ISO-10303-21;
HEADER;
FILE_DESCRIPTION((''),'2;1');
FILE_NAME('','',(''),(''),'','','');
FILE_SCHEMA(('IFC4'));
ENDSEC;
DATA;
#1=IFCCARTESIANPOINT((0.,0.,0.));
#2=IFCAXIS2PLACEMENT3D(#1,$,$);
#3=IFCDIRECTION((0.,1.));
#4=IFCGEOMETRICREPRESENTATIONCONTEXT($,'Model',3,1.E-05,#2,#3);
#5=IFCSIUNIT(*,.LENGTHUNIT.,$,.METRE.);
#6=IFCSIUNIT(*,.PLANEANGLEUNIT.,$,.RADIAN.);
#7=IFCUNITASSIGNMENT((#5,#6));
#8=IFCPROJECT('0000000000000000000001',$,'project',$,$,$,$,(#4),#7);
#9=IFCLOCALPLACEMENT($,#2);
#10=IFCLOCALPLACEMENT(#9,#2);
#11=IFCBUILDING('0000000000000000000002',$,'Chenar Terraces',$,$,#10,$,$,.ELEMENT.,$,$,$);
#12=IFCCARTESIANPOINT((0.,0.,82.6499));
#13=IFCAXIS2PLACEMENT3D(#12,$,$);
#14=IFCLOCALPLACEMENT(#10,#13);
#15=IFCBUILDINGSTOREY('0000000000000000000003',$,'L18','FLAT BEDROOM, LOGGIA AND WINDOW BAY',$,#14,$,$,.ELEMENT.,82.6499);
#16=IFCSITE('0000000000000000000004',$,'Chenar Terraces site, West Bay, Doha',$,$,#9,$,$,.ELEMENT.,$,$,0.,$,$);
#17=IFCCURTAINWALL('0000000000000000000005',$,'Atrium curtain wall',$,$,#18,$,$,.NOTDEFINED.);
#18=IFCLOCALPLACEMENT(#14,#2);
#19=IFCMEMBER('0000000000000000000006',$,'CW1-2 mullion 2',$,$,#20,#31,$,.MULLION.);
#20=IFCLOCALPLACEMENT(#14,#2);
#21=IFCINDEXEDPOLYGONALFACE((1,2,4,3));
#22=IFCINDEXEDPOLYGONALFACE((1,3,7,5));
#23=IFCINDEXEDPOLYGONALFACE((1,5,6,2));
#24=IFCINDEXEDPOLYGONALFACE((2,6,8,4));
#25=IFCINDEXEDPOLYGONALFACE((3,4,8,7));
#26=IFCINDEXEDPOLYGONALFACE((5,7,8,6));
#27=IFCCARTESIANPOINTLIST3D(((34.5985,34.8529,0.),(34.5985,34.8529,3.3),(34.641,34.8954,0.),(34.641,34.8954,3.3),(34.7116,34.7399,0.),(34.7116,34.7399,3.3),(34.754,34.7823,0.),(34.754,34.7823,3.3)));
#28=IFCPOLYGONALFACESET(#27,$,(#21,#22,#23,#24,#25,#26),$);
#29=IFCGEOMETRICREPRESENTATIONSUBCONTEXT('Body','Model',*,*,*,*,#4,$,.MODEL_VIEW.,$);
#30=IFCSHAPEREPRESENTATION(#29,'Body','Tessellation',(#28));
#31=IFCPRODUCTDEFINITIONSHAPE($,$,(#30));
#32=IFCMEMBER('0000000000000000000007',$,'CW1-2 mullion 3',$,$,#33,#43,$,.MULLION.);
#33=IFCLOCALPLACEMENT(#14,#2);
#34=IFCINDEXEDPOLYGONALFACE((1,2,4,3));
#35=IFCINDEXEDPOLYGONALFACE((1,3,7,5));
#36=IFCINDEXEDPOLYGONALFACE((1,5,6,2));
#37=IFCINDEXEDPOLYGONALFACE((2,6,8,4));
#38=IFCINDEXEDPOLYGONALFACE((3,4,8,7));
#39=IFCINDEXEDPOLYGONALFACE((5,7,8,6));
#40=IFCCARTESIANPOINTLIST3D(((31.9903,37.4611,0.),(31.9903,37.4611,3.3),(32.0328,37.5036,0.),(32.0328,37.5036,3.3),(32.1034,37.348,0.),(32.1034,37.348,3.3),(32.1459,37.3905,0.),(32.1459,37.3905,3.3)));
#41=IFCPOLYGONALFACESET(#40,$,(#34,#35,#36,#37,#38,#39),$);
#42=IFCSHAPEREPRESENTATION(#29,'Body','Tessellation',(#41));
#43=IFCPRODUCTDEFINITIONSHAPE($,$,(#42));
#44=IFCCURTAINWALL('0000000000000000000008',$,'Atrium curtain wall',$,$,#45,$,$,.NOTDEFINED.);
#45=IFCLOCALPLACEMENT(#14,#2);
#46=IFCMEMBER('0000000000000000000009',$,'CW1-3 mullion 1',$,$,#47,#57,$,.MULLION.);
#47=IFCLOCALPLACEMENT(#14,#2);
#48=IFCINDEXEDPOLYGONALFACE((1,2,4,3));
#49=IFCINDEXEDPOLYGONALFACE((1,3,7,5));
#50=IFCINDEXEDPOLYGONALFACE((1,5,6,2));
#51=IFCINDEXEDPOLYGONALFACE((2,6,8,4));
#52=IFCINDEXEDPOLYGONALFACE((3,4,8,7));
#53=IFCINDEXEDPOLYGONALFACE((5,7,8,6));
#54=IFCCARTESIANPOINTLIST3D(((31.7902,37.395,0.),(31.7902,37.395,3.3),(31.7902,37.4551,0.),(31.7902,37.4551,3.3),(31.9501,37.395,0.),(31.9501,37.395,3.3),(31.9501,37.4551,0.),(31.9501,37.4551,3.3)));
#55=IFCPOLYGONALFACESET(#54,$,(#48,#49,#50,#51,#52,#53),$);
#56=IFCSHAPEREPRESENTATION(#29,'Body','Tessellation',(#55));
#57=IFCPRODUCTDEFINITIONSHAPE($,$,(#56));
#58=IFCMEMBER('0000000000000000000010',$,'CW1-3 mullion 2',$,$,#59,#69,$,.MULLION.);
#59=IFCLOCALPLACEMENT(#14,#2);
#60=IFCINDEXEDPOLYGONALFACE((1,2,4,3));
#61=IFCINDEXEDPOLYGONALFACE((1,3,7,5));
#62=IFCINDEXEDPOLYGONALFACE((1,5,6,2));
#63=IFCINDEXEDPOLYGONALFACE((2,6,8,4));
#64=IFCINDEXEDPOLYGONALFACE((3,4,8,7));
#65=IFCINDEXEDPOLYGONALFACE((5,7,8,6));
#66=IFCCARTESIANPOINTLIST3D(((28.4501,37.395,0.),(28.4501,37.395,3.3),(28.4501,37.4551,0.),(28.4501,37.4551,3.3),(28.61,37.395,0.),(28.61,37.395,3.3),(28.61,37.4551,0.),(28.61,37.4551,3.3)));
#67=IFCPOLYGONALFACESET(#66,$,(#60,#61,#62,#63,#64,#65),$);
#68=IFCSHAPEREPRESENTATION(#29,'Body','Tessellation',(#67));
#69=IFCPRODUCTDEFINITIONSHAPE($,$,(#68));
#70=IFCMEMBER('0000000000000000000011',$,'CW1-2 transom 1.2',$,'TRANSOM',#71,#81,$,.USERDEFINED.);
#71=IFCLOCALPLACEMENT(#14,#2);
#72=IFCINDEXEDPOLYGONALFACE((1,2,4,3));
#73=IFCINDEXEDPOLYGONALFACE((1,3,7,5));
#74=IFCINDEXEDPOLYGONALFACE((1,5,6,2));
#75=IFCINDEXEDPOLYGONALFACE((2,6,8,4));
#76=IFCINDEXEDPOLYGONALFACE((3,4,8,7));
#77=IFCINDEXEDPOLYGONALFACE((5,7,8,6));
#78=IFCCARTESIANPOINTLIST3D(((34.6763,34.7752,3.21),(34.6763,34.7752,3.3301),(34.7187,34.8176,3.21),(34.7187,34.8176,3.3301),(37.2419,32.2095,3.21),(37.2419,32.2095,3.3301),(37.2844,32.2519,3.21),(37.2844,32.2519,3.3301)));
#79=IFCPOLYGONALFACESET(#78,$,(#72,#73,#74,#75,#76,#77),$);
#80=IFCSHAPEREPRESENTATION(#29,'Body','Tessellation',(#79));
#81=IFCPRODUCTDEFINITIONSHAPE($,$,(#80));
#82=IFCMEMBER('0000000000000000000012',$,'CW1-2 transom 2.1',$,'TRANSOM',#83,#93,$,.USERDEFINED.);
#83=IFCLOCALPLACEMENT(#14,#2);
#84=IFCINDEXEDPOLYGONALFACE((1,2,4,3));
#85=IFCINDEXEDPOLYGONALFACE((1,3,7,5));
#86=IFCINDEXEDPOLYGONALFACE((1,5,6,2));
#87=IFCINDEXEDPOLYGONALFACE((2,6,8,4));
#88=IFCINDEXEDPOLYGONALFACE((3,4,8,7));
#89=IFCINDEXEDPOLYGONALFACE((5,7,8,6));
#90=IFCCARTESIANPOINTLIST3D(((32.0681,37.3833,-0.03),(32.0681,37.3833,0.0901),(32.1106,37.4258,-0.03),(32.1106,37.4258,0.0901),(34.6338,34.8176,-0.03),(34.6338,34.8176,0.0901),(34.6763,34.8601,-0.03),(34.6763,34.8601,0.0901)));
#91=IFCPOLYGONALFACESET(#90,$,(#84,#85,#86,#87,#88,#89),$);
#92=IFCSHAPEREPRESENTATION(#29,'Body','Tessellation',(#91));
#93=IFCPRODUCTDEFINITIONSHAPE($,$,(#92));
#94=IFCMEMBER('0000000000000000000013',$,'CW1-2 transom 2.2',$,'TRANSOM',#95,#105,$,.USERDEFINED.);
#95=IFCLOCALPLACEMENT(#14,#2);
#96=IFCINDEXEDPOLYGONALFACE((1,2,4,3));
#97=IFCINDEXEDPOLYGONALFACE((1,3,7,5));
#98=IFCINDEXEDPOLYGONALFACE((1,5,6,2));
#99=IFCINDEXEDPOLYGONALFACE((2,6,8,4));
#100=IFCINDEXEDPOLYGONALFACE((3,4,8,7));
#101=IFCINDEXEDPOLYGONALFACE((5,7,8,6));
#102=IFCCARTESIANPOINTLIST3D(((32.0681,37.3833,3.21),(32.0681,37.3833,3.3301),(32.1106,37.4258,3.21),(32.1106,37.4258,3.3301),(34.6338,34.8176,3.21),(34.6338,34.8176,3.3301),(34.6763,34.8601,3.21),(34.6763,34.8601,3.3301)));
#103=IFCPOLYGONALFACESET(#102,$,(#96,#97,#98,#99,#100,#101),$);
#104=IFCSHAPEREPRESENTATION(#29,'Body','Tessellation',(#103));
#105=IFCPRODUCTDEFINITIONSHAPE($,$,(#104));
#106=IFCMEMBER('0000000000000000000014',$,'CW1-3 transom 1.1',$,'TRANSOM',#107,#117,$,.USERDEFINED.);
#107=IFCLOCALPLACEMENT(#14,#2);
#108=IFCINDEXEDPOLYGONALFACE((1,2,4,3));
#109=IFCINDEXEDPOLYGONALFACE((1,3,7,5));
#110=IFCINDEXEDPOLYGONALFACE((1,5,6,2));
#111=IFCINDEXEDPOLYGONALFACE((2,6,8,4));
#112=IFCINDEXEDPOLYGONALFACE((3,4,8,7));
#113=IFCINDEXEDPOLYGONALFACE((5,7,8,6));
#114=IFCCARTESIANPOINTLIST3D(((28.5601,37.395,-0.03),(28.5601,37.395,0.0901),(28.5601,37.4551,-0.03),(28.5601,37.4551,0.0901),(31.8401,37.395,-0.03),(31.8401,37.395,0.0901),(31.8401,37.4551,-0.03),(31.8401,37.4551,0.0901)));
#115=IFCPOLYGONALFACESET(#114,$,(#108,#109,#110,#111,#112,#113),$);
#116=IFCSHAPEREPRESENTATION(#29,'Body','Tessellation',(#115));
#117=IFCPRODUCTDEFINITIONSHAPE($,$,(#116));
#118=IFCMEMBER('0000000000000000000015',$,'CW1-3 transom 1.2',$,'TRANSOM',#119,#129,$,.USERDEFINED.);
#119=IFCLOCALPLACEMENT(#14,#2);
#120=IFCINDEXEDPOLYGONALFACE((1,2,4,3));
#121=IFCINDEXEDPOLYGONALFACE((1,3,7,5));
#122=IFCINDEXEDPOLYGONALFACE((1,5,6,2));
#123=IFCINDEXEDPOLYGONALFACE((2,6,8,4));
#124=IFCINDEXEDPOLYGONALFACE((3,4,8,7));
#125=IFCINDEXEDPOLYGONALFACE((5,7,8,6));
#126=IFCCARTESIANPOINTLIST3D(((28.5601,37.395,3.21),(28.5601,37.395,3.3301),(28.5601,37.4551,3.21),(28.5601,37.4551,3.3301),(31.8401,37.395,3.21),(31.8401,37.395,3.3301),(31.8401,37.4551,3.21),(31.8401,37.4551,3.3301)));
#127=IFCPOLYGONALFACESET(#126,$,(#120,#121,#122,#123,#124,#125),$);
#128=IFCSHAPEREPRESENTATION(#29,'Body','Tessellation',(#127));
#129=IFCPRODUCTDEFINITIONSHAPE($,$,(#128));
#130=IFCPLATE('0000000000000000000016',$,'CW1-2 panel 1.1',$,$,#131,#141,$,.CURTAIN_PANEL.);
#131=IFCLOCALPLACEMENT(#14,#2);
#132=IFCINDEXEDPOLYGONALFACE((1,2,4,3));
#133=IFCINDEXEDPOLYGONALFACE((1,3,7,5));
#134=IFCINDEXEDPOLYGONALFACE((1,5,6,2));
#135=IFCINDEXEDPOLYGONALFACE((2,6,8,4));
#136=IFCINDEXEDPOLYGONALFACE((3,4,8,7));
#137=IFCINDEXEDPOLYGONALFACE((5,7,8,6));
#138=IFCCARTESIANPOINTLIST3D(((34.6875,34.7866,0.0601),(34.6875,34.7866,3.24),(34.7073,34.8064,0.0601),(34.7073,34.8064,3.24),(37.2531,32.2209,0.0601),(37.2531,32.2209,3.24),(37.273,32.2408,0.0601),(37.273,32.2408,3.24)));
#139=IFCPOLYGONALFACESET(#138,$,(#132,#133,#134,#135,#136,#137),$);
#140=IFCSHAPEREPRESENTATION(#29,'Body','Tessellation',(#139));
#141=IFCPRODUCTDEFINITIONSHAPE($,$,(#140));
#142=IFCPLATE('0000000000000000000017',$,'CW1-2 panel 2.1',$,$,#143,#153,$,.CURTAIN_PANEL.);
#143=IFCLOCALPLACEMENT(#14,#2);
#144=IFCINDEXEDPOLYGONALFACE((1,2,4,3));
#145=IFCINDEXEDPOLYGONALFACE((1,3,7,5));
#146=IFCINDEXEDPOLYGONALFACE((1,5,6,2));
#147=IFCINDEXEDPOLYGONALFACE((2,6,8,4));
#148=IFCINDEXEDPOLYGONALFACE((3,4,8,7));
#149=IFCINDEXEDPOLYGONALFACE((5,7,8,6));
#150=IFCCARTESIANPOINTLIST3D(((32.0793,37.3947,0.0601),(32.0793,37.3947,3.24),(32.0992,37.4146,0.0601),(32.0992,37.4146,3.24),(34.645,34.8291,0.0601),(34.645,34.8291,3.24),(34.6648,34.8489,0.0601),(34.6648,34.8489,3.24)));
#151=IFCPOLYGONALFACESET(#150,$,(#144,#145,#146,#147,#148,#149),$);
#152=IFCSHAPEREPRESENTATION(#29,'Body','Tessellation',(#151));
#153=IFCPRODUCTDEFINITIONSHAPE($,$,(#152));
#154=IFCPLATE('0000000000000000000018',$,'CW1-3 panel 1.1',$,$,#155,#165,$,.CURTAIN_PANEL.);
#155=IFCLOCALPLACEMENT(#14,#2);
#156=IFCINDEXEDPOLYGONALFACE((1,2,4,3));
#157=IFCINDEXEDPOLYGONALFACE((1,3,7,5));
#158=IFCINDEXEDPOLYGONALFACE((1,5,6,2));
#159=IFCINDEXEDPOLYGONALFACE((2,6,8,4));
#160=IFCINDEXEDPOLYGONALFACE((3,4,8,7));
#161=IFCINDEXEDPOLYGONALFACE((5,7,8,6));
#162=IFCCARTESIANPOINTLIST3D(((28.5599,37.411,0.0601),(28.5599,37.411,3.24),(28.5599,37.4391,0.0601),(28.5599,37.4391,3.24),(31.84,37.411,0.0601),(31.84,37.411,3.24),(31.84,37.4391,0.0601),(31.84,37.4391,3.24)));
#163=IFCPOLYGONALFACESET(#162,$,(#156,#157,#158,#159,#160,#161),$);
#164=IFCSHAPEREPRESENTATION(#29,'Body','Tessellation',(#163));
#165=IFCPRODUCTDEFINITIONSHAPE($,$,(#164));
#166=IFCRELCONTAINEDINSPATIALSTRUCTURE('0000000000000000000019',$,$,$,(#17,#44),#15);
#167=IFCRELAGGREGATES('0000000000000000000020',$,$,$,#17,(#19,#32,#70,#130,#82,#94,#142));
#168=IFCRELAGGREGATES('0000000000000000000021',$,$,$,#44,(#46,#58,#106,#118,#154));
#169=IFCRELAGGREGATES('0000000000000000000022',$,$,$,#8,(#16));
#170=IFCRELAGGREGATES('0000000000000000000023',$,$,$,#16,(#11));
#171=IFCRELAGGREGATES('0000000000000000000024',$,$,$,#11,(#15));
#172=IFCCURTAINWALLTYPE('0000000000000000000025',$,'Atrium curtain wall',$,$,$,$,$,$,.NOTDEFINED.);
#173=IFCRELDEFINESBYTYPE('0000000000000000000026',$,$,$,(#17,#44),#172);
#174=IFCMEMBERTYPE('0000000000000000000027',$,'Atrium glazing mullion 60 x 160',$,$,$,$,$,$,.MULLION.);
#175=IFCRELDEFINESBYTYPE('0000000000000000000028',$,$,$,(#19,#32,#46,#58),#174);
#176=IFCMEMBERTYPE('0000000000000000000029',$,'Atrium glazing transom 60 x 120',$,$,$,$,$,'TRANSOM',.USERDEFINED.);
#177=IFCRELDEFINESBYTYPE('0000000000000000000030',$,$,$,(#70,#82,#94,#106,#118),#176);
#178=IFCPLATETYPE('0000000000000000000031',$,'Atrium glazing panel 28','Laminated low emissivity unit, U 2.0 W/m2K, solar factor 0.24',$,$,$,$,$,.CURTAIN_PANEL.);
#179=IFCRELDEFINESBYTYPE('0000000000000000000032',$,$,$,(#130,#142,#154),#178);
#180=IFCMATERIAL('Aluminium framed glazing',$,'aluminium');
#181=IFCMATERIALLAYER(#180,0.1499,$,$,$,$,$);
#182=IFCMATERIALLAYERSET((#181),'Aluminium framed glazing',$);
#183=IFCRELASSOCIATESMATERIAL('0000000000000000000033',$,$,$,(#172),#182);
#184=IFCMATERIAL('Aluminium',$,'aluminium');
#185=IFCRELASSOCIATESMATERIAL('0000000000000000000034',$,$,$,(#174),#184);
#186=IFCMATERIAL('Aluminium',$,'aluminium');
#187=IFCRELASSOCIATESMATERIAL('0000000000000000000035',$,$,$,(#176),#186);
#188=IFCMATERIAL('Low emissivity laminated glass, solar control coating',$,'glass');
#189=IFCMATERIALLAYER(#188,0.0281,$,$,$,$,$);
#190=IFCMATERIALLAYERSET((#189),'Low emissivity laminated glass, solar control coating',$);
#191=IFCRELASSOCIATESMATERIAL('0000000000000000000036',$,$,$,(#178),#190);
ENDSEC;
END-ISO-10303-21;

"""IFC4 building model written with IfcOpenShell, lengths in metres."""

from ifc_helpers import new_model, si_unit, direction, frame, origin, origin_2d, place, context, subcontext, project, spatial, rectangle, extrude, material, layer, layer_set, material_profile, profile_set, type_object, element, aggregate, save


model = new_model("IFC4")

# Units and contexts
model_context = context("Model", 3, precision=1e-05, world=origin(), true_north=direction((0.0, 1.0)))
body_context = subcontext(model_context, "Body", "Model", "MODEL_VIEW")
ifc_project = project(units=[si_unit("LENGTHUNIT", "METRE"), si_unit("PLANEANGLEUNIT", "RADIAN")], contexts=[model_context])

# Site, building, storey
site_placement = place(None, origin())
site = spatial("IfcSite", under=ifc_project, at=site_placement, Name="Chenar Terraces site, West Bay, Doha", CompositionType="ELEMENT", RefElevation=0.0)
building_placement = place(site_placement, origin())
building = spatial("IfcBuilding", under=site, at=building_placement, Name="Chenar Terraces", CompositionType="ELEMENT")
storey_placement = place(building_placement, frame((0.0, 0.0, 82.6499)))
storey = spatial("IfcBuildingStorey", under=building, at=storey_placement, Name="L18", Description="FLAT BEDROOM, LOGGIA AND WINDOW BAY", CompositionType="ELEMENT", Elevation=82.6499)

# Curtain walls, members
ifc_material_1 = material(Name="Aluminium framed glazing", Category="aluminium")
ifc_layer_1 = layer(ifc_material_1, 0.1499)
ifc_layer_set_1 = layer_set([ifc_layer_1], Name="Aluminium framed glazing")
curtain_wall_type = type_object("IfcCurtainWallType", Name="Atrium curtain wall", PredefinedType="NOTDEFINED", material=ifc_layer_set_1)
placement = place(storey_placement, origin())
curtain_wall_1 = element("IfcCurtainWall", 1, at=placement, inside=storey, type_object=curtain_wall_type, Name="Atrium curtain wall", PredefinedType="NOTDEFINED")
ifc_material_2 = material(Name="Aluminium", Category="aluminium")
ifc_material_profile_1 = material_profile(ifc_material_2, rectangle(XDim=0.0601, YDim=0.1599, at=origin_2d()), Name="Atrium glazing mullion 60 x 160")
ifc_profile_set_1 = profile_set([ifc_material_profile_1], Name="Aluminium")
member_type_1 = type_object("IfcMemberType", Name="Atrium glazing mullion 60 x 160", PredefinedType="MULLION", material=ifc_profile_set_1)
member_1_placement = place(storey_placement, frame((34.6763, 34.8176, 0.0), z_axis=(0.0, 0.0, 1.0), x_axis=(-0.707107, -0.707107, 0.0)))
member_1 = element("IfcMember", 2, at=member_1_placement, type_object=member_type_1, Name="CW1-2 mullion 2", PredefinedType="MULLION", context=body_context, shape_type="SweptSolid", body=[
    extrude(rectangle(XDim=0.0601, YDim=0.1599, at=origin_2d()), origin(), (0.0, 0.0, 1.0), 3.3),
])
member_2_placement = place(storey_placement, frame((32.0681, 37.4258, 0.0), z_axis=(0.0, 0.0, 1.0), x_axis=(-0.707107, -0.707107, 0.0)))
member_2 = element("IfcMember", 3, at=member_2_placement, type_object=member_type_1, Name="CW1-2 mullion 3", PredefinedType="MULLION", context=body_context, shape_type="SweptSolid", body=[
    extrude(rectangle(XDim=0.0601, YDim=0.1599, at=origin_2d()), origin(), (0.0, 0.0, 1.0), 3.3),
])
curtain_wall_2 = element("IfcCurtainWall", 4, at=placement, inside=storey, type_object=curtain_wall_type, Name="Atrium curtain wall", PredefinedType="NOTDEFINED")
member_3_placement = place(storey_placement, frame((31.8701, 37.425, 0.0), z_axis=(0.0, 0.0, 1.0), x_axis=(0.0, -1.0, 0.0)))
member_3 = element("IfcMember", 5, at=member_3_placement, type_object=member_type_1, Name="CW1-3 mullion 1", PredefinedType="MULLION", context=body_context, shape_type="SweptSolid", body=[
    extrude(rectangle(XDim=0.0601, YDim=0.1599, at=origin_2d()), origin(), (0.0, 0.0, 1.0), 3.3),
])
member_4_placement = place(storey_placement, frame((28.53, 37.425, 0.0), z_axis=(0.0, 0.0, 1.0), x_axis=(0.0, -1.0, 0.0)))
member_4 = element("IfcMember", 6, at=member_4_placement, type_object=member_type_1, Name="CW1-3 mullion 2", PredefinedType="MULLION", context=body_context, shape_type="SweptSolid", body=[
    extrude(rectangle(XDim=0.0601, YDim=0.1599, at=origin_2d()), origin(), (0.0, 0.0, 1.0), 3.3),
])

# Members
ifc_material_3 = material(Name="Aluminium", Category="aluminium")
ifc_material_profile_2 = material_profile(ifc_material_3, rectangle(XDim=0.0601, YDim=0.1201, at=origin_2d()), Name="Atrium glazing transom 60 x 120")
ifc_profile_set_2 = profile_set([ifc_material_profile_2], Name="Aluminium")
member_type_2 = type_object("IfcMemberType", Name="Atrium glazing transom 60 x 120", ElementType="TRANSOM", PredefinedType="USERDEFINED", material=ifc_profile_set_2)
member_5_placement = place(storey_placement, frame((37.2632, 32.2307, 3.27), z_axis=(-0.707107, 0.707107, 0.0), x_axis=(-0.707107, -0.707107, 0.0)))
member_5 = element("IfcMember", 7, at=member_5_placement, type_object=member_type_2, Name="CW1-2 transom 1.2", ObjectType="TRANSOM", PredefinedType="USERDEFINED", context=body_context, shape_type="SweptSolid", body=[
    extrude(rectangle(XDim=0.0601, YDim=0.1201, at=origin_2d()), origin(), (0.0, 0.0, 1.0), 3.6284),
])
member_6_placement = place(storey_placement, frame((34.655, 34.8389, 0.03), z_axis=(-0.707107, 0.707107, 0.0), x_axis=(-0.707107, -0.707107, 0.0)))
member_6 = element("IfcMember", 8, at=member_6_placement, type_object=member_type_2, Name="CW1-2 transom 2.1", ObjectType="TRANSOM", PredefinedType="USERDEFINED", context=body_context, shape_type="SweptSolid", body=[
    extrude(rectangle(XDim=0.0601, YDim=0.1201, at=origin_2d()), origin(), (0.0, 0.0, 1.0), 3.6284),
])
member_7_placement = place(storey_placement, frame((34.655, 34.8389, 3.27), z_axis=(-0.707107, 0.707107, 0.0), x_axis=(-0.707107, -0.707107, 0.0)))
member_7 = element("IfcMember", 9, at=member_7_placement, type_object=member_type_2, Name="CW1-2 transom 2.2", ObjectType="TRANSOM", PredefinedType="USERDEFINED", context=body_context, shape_type="SweptSolid", body=[
    extrude(rectangle(XDim=0.0601, YDim=0.1201, at=origin_2d()), origin(), (0.0, 0.0, 1.0), 3.6284),
])
member_8_placement = place(storey_placement, frame((31.8401, 37.425, 0.03), z_axis=(-1.0, 0.0, 0.0), x_axis=(0.0, -1.0, 0.0)))
member_8 = element("IfcMember", 10, at=member_8_placement, type_object=member_type_2, Name="CW1-3 transom 1.1", ObjectType="TRANSOM", PredefinedType="USERDEFINED", context=body_context, shape_type="SweptSolid", body=[
    extrude(rectangle(XDim=0.0601, YDim=0.1201, at=origin_2d()), origin(), (0.0, 0.0, 1.0), 3.28),
])
member_9_placement = place(storey_placement, frame((31.8401, 37.425, 3.27), z_axis=(-1.0, 0.0, 0.0), x_axis=(0.0, -1.0, 0.0)))
member_9 = element("IfcMember", 11, at=member_9_placement, type_object=member_type_2, Name="CW1-3 transom 1.2", ObjectType="TRANSOM", PredefinedType="USERDEFINED", context=body_context, shape_type="SweptSolid", body=[
    extrude(rectangle(XDim=0.0601, YDim=0.1201, at=origin_2d()), origin(), (0.0, 0.0, 1.0), 3.28),
])

# Plates
ifc_material_4 = material(Name="Low emissivity laminated glass, solar control coating", Category="glass")
ifc_layer_2 = layer(ifc_material_4, 0.0281)
ifc_layer_set_2 = layer_set([ifc_layer_2], Name="Low emissivity laminated glass, solar control coating")
plate_type = type_object("IfcPlateType", Name="Atrium glazing panel 28", Description="Laminated low emissivity unit, U 2.0 W/m2K, solar factor 0.24", PredefinedType="CURTAIN_PANEL", material=ifc_layer_set_2)
plate_1_placement = place(storey_placement, frame((35.9802, 33.5137, 0.0601), z_axis=(0.0, 0.0, 1.0), x_axis=(-0.707107, 0.707107, 0.0)))
plate_1 = element("IfcPlate", 12, at=plate_1_placement, type_object=plate_type, Name="CW1-2 panel 1.1", PredefinedType="CURTAIN_PANEL", context=body_context, shape_type="SweptSolid", body=[
    extrude(rectangle(XDim=3.6284, YDim=0.0281, at=origin_2d()), origin(), (0.0, 0.0, 1.0), 3.1799),
])
plate_2_placement = place(storey_placement, frame((33.3721, 36.1218, 0.0601), z_axis=(0.0, 0.0, 1.0), x_axis=(-0.707107, 0.707107, 0.0)))
plate_2 = element("IfcPlate", 13, at=plate_2_placement, type_object=plate_type, Name="CW1-2 panel 2.1", PredefinedType="CURTAIN_PANEL", context=body_context, shape_type="SweptSolid", body=[
    extrude(rectangle(XDim=3.6284, YDim=0.0281, at=origin_2d()), origin(), (0.0, 0.0, 1.0), 3.1799),
])
aggregate(curtain_wall_1, [member_1, member_2, member_5, plate_1, member_6, member_7, plate_2])
plate_3_placement = place(storey_placement, frame((30.2, 37.425, 0.0601), z_axis=(0.0, 0.0, 1.0), x_axis=(-1.0, 0.0, 0.0)))
plate_3 = element("IfcPlate", 14, at=plate_3_placement, type_object=plate_type, Name="CW1-3 panel 1.1", PredefinedType="CURTAIN_PANEL", context=body_context, shape_type="SweptSolid", body=[
    extrude(rectangle(XDim=3.28, YDim=0.0281, at=origin_2d()), origin(), (0.0, 0.0, 1.0), 3.1799),
])
aggregate(curtain_wall_2, [member_3, member_4, member_8, member_9, plate_3])

save(model, "model.ifc")
